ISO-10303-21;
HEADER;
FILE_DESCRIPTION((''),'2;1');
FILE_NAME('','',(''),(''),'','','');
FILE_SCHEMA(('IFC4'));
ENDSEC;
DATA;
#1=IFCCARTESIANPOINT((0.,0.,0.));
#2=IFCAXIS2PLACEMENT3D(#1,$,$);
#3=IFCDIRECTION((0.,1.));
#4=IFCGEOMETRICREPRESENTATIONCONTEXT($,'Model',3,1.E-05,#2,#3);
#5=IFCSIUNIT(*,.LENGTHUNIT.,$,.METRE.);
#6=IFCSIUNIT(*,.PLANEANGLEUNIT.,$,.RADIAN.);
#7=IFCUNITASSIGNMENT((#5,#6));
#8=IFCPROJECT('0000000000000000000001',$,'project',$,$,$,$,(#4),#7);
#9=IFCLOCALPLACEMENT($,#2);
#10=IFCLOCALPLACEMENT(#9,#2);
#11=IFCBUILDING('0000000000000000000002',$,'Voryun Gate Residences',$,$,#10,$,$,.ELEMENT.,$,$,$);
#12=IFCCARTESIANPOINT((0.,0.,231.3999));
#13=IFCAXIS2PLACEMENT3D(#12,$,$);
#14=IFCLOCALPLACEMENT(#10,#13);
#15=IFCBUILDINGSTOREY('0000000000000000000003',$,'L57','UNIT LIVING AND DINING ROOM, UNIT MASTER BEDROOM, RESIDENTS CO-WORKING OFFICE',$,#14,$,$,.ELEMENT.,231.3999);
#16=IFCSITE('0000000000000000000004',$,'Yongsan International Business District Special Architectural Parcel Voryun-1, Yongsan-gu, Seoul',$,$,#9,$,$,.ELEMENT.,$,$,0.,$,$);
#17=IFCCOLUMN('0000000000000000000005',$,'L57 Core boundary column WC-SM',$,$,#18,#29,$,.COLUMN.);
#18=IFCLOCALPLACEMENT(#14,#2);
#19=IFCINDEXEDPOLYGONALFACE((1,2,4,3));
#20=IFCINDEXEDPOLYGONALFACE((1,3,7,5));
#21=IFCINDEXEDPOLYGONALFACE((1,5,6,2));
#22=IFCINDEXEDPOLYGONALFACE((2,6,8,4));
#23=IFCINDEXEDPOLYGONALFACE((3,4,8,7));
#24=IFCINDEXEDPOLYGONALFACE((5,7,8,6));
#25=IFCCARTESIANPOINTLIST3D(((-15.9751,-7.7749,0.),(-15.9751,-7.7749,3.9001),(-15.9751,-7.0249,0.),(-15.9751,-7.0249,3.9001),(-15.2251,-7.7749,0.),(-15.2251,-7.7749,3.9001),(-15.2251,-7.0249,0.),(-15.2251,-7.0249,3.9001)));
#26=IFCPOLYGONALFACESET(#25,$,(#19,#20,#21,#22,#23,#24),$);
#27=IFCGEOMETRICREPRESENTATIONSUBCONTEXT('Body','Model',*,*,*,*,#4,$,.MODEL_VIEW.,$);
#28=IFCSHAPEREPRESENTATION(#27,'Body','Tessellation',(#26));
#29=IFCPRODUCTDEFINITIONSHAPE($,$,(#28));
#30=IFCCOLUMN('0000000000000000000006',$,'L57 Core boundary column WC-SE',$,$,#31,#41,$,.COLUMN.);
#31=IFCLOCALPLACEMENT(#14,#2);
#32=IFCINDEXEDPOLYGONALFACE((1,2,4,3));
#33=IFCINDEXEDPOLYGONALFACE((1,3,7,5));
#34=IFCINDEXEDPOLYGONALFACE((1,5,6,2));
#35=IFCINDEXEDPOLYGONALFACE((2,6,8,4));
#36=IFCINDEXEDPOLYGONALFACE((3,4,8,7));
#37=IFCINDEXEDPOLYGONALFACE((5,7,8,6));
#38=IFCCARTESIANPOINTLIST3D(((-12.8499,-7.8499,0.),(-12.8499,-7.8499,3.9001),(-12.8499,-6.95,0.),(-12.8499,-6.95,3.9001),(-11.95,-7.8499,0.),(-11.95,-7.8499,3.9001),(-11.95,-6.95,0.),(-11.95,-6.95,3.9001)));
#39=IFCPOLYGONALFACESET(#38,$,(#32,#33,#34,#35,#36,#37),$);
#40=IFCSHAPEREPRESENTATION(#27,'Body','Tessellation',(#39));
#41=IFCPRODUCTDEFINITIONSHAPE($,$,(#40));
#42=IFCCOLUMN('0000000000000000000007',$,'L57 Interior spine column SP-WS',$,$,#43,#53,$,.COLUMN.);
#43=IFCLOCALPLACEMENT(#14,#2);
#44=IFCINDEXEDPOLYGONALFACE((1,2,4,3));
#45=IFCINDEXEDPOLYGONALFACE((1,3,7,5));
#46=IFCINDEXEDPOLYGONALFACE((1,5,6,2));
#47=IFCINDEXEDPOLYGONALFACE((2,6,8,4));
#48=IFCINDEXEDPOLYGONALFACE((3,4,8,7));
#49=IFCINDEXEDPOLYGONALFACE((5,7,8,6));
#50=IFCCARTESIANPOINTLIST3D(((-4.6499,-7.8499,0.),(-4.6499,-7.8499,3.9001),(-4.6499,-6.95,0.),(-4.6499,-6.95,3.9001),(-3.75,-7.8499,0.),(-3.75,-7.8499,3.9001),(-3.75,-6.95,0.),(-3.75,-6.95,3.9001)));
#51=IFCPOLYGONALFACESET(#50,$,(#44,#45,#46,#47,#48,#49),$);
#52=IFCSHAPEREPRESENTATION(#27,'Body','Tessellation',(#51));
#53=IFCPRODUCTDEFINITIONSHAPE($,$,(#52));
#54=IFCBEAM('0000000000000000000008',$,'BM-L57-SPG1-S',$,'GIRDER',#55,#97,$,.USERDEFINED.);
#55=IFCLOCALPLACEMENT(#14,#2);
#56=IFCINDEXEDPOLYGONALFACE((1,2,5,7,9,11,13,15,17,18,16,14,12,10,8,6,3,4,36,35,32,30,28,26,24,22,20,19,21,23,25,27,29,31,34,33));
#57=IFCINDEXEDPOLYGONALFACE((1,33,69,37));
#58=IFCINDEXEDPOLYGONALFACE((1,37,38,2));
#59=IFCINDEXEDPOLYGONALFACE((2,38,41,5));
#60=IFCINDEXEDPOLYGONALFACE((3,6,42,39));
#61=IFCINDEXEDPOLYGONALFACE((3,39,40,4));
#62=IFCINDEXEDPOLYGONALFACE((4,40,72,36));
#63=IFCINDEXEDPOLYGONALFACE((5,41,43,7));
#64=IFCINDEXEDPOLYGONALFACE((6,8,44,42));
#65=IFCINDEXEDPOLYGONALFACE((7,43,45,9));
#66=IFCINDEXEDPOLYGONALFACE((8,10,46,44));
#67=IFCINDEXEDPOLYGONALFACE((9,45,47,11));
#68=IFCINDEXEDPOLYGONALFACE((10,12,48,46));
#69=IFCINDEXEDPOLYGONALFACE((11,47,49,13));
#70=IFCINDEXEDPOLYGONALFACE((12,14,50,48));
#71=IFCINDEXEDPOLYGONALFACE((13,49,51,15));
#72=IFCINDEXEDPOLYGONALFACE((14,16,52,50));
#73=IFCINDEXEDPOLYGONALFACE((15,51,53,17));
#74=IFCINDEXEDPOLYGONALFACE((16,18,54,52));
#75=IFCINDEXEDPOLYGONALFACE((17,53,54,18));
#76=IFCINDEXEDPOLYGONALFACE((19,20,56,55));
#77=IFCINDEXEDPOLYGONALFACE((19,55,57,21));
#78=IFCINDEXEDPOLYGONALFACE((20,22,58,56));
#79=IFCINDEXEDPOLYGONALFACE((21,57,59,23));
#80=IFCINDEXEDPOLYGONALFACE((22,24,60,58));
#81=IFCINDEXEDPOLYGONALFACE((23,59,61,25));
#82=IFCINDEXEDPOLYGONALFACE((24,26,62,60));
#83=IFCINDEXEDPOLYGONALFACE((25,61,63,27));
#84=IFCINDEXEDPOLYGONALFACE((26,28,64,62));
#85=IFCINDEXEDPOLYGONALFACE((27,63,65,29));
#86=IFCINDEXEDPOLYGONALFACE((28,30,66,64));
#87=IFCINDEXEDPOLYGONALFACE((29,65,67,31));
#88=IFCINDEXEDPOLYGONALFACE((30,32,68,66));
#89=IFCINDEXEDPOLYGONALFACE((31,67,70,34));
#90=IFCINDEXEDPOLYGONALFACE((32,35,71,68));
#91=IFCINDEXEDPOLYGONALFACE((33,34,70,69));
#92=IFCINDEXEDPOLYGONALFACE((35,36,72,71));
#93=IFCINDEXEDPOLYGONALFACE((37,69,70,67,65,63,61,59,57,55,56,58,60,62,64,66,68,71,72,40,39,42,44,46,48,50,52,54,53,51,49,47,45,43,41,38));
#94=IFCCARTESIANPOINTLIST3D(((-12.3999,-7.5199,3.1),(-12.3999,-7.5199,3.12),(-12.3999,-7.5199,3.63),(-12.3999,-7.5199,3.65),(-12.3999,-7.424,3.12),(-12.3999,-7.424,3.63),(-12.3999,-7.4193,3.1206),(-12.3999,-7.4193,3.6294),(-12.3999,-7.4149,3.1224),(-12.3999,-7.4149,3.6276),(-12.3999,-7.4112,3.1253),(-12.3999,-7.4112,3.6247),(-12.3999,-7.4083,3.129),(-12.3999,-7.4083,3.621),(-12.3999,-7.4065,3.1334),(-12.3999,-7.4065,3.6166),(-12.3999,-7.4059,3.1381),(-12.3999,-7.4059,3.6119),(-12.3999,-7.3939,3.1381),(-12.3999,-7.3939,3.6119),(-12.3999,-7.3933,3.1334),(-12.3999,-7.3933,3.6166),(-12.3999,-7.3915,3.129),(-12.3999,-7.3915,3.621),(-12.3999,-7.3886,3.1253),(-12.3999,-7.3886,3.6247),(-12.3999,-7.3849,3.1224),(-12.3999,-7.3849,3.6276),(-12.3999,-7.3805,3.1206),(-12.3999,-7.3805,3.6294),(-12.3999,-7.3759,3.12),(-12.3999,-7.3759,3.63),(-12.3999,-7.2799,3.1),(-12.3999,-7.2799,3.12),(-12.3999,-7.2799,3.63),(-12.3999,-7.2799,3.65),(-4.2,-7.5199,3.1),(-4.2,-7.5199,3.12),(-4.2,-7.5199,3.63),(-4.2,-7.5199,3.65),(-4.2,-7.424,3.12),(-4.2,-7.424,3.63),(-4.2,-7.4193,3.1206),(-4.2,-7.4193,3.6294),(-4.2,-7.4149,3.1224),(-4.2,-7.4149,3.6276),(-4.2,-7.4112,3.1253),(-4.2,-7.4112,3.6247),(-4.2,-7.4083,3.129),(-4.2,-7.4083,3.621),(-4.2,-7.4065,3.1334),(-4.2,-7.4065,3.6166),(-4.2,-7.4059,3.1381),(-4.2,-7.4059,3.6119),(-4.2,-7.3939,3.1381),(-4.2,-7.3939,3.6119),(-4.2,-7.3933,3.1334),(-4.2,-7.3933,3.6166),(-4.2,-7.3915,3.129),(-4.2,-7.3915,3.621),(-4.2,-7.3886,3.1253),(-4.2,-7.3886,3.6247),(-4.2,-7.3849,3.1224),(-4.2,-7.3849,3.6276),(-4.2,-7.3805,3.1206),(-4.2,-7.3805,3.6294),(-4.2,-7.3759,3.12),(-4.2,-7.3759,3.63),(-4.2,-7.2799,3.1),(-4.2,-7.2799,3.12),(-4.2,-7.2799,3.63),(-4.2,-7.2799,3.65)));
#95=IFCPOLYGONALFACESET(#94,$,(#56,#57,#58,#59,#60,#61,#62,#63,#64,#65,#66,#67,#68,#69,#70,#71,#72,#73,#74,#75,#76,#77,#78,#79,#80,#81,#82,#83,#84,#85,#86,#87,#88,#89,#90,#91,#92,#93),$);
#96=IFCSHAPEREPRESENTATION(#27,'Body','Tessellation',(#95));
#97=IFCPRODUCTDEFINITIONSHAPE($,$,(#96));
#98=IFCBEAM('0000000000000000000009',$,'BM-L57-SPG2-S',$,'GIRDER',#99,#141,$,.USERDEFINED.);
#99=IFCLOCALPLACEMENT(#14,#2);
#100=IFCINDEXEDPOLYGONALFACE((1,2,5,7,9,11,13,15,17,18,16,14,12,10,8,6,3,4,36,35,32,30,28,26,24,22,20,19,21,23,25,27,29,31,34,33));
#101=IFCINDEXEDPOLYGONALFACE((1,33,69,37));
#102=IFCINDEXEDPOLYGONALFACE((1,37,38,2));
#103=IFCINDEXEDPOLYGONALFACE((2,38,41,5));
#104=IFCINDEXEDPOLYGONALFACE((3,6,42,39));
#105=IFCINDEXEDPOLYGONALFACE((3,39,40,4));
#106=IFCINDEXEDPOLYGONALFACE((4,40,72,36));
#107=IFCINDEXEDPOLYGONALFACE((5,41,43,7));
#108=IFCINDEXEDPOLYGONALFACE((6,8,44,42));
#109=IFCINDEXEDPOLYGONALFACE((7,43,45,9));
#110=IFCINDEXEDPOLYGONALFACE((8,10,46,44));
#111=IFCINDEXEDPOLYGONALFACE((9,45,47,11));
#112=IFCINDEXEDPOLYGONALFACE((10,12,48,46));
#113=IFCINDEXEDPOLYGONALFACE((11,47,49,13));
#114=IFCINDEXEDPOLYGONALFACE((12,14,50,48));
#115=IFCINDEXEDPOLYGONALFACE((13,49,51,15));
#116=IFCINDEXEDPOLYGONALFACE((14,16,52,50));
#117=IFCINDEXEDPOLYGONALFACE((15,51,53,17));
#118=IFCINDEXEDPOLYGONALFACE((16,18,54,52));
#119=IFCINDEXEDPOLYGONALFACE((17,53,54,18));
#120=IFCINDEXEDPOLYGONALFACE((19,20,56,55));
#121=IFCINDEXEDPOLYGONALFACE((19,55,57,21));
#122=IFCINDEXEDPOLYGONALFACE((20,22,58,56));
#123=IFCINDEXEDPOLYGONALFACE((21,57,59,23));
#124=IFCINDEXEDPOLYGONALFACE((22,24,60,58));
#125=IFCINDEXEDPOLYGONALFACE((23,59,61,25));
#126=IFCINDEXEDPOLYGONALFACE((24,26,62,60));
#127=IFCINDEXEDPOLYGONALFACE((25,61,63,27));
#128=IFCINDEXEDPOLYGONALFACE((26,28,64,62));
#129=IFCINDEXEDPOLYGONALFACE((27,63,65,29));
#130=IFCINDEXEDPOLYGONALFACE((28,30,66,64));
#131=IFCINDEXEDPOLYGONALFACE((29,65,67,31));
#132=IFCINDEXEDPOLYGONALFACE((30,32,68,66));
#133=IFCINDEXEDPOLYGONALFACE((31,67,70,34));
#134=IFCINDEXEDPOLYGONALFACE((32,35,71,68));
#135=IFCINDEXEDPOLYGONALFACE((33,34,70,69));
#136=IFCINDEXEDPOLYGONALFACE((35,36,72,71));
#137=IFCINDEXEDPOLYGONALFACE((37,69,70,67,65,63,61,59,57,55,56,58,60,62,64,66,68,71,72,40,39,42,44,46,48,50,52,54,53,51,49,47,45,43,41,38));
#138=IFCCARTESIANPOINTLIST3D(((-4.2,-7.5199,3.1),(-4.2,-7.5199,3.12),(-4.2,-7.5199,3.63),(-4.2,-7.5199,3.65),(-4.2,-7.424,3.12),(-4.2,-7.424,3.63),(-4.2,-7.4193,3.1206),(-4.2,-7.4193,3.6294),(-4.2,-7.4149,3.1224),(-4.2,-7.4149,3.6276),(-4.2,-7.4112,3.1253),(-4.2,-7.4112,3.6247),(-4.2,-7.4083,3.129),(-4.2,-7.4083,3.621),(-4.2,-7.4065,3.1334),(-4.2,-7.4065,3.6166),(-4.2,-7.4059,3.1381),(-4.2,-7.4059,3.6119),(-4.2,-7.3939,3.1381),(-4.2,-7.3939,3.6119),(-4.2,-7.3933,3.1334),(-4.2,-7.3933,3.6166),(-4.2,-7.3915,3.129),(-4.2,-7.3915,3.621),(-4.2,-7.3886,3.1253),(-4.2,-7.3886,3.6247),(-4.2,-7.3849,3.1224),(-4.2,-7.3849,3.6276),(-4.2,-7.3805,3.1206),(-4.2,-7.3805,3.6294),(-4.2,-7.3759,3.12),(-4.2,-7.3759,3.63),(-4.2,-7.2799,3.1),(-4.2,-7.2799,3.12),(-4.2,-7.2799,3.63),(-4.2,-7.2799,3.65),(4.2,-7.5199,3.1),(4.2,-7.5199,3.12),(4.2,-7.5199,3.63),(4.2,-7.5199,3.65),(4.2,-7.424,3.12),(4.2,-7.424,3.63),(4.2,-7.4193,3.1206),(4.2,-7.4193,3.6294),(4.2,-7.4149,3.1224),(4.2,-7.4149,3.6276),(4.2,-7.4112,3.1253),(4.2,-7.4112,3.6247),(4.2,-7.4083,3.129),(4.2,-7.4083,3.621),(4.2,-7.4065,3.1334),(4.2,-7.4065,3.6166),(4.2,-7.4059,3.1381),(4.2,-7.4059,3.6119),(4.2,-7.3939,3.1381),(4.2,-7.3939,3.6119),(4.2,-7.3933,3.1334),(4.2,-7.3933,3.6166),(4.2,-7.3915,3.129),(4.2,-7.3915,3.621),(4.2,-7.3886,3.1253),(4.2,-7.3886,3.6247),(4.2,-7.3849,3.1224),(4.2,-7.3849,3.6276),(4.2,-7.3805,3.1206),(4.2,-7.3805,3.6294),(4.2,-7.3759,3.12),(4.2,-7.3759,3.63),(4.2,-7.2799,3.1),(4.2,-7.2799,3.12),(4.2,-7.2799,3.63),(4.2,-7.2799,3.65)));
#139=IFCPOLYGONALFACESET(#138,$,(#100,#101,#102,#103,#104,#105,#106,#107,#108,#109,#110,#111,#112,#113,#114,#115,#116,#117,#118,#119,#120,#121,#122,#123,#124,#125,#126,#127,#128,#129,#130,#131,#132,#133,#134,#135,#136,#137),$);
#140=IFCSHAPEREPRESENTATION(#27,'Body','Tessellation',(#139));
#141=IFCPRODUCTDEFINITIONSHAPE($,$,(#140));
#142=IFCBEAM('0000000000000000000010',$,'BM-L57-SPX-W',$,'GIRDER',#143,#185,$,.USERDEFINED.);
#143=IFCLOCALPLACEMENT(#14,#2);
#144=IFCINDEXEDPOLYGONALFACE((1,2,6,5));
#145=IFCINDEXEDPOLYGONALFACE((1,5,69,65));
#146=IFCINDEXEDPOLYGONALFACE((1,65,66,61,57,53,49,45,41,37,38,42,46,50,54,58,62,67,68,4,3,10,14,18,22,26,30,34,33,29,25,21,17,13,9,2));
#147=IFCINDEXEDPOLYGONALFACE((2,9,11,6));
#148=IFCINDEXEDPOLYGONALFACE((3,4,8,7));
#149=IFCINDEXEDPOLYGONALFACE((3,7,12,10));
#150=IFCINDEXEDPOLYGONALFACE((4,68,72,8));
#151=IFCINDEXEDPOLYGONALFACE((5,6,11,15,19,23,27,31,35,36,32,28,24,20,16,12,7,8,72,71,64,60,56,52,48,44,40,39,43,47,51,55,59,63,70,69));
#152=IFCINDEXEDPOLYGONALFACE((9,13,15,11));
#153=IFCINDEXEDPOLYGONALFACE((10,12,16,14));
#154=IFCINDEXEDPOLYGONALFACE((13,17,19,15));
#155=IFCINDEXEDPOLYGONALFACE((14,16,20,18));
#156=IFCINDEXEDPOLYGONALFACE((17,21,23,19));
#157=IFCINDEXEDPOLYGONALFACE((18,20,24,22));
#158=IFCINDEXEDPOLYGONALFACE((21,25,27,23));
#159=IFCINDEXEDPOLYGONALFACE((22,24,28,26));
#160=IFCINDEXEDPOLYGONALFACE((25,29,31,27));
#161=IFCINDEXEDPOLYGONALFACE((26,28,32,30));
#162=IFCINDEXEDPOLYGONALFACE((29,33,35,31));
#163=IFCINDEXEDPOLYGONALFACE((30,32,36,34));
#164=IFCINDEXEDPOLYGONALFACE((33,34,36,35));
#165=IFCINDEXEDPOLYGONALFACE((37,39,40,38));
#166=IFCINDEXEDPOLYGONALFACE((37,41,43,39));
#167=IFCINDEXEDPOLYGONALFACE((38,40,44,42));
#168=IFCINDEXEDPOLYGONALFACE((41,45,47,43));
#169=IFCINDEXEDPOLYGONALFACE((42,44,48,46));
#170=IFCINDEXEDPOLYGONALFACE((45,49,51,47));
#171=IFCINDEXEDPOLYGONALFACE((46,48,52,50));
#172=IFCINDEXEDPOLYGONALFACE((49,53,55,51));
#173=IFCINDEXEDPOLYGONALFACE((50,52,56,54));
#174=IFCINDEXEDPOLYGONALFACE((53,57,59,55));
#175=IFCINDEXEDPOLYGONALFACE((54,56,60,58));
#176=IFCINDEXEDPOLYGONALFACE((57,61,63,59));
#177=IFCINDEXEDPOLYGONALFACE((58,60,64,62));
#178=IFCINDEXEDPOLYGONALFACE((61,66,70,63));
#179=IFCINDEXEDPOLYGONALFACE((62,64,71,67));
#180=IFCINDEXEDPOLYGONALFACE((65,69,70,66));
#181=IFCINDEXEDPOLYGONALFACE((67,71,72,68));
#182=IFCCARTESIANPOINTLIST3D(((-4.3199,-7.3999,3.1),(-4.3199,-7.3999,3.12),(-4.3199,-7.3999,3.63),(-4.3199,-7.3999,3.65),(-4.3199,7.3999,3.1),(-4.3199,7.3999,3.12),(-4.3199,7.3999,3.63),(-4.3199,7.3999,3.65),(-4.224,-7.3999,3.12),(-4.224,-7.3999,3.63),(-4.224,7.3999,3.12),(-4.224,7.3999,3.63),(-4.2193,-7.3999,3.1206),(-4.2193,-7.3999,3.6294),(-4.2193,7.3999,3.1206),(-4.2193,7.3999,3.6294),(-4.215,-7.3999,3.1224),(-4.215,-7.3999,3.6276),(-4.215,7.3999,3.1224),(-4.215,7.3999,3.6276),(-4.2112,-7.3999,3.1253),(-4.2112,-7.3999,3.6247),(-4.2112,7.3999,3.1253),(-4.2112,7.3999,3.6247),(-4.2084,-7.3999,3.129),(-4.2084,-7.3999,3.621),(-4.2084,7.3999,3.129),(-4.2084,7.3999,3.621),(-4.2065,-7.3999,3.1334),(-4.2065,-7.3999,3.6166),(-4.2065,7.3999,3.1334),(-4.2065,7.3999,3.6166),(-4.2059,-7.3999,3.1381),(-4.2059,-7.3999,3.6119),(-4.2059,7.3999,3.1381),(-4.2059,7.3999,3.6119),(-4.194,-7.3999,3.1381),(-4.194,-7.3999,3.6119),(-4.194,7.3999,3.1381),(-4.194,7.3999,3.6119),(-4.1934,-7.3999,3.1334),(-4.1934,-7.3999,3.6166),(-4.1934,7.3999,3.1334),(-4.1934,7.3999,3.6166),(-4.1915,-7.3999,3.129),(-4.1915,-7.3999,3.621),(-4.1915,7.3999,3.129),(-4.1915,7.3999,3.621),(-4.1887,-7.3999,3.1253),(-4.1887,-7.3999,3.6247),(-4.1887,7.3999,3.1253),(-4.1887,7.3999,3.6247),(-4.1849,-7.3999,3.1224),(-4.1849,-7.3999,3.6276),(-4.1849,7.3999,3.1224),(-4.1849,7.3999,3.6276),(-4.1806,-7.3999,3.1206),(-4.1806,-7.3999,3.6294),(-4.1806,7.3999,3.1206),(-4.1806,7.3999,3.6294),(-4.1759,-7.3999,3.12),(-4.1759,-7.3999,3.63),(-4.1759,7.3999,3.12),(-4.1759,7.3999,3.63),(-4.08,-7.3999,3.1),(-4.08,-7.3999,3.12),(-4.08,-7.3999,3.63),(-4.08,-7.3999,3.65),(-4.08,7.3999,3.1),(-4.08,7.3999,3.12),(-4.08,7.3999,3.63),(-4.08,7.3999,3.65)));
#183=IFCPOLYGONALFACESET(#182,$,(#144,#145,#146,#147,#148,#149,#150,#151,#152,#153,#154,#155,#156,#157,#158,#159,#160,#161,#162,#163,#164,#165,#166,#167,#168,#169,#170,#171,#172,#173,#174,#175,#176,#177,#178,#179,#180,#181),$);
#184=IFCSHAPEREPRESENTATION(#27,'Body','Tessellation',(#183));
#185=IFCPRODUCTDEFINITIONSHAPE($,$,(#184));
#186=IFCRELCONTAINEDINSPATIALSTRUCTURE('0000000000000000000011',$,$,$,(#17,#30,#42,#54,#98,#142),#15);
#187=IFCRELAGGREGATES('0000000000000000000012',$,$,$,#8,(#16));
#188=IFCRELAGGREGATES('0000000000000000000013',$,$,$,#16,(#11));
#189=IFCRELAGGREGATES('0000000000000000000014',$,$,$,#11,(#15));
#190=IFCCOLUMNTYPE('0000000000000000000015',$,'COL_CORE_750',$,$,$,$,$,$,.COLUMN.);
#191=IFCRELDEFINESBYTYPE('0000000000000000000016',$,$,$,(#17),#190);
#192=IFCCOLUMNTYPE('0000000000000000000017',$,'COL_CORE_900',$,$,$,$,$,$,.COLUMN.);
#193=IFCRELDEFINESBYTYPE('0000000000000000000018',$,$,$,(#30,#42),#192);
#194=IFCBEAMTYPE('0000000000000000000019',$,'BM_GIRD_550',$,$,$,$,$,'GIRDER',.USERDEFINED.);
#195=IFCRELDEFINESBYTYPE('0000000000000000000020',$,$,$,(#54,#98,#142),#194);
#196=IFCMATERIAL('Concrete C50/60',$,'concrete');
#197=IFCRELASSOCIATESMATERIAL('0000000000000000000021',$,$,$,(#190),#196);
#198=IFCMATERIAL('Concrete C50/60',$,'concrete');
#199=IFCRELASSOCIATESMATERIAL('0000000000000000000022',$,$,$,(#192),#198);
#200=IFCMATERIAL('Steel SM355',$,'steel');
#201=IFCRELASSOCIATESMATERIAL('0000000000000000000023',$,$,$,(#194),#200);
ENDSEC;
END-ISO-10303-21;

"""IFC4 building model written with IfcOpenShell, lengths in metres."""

from ifc_helpers import new_model, si_unit, direction, frame, origin, origin_2d, place, context, subcontext, project, spatial, rectangle, i_section, extrude, material, material_profile, profile_set, type_object, element, save


model = new_model("IFC4")

# Units and contexts
model_context = context("Model", 3, precision=1e-05, world=origin(), true_north=direction((0.0, 1.0)))
body_context = subcontext(model_context, "Body", "Model", "MODEL_VIEW")
ifc_project = project(units=[si_unit("LENGTHUNIT", "METRE"), si_unit("PLANEANGLEUNIT", "RADIAN")], contexts=[model_context])

# Site, building, storey
site_placement = place(None, origin())
site = spatial("IfcSite", under=ifc_project, at=site_placement, Name="Yongsan International Business District Special Architectural Parcel Voryun-1, Yongsan-gu, Seoul", CompositionType="ELEMENT", RefElevation=0.0)
building_placement = place(site_placement, origin())
building = spatial("IfcBuilding", under=site, at=building_placement, Name="Voryun Gate Residences", CompositionType="ELEMENT")
storey_placement = place(building_placement, frame((0.0, 0.0, 231.3999)))
storey = spatial("IfcBuildingStorey", under=building, at=storey_placement, Name="L57", Description="UNIT LIVING AND DINING ROOM, UNIT MASTER BEDROOM, RESIDENTS CO-WORKING OFFICE", CompositionType="ELEMENT", Elevation=231.3999)

# Columns
ifc_material_1 = material(Name="Concrete C50/60", Category="concrete")
ifc_material_profile_1 = material_profile(ifc_material_1, rectangle(XDim=0.75, YDim=0.75, at=origin_2d()), Name="RC-750x750")
ifc_profile_set_1 = profile_set([ifc_material_profile_1], Name="Concrete C50/60")
column_type_1 = type_object("IfcColumnType", Name="COL_CORE_750", PredefinedType="COLUMN", material=ifc_profile_set_1)
column_placement = place(storey_placement, frame((-15.6001, -7.3999, 0.0), z_axis=(0.0, 0.0, 1.0), x_axis=(1.0, 0.0, 0.0)))
element("IfcColumn", 1, at=column_placement, inside=storey, type_object=column_type_1, Name="L57 Core boundary column WC-SM", PredefinedType="COLUMN", context=body_context, shape_type="SweptSolid", body=[
    extrude(rectangle(XDim=0.75, YDim=0.75, at=origin_2d()), origin(), (0.0, 0.0, 1.0), 3.9001),
])
ifc_material_2 = material(Name="Concrete C50/60", Category="concrete")
ifc_material_profile_2 = material_profile(ifc_material_2, rectangle(XDim=0.8999, YDim=0.8999, at=origin_2d()), Name="RC-900x900")
ifc_profile_set_2 = profile_set([ifc_material_profile_2], Name="Concrete C50/60")
column_type_2 = type_object("IfcColumnType", Name="COL_CORE_900", PredefinedType="COLUMN", material=ifc_profile_set_2)
for number, where, z_axis, x_axis, name in (
    (2, (-12.3999, -7.3999, 0.0), (0.0, 0.0, 1.0), (1.0, 0.0, 0.0), "L57 Core boundary column WC-SE"),
    (3, (-4.2, -7.3999, 0.0), (0.0, 0.0, 1.0), (1.0, 0.0, 0.0), "L57 Interior spine column SP-WS"),
):
    element("IfcColumn", number, at=place(storey_placement, frame(where, z_axis=z_axis, x_axis=x_axis)), inside=storey, type_object=column_type_2, Name=name, PredefinedType="COLUMN", context=body_context, shape_type="SweptSolid", body=[
        extrude(rectangle(XDim=0.8999, YDim=0.8999, at=origin_2d()), origin(), (0.0, 0.0, 1.0), 3.9001),
    ])

# Beams
ifc_material_3 = material(Name="Steel SM355", Category="steel")
ifc_material_profile_3 = material_profile(ifc_material_3, i_section(OverallWidth=0.24, OverallDepth=0.55, WebThickness=0.012, FlangeThickness=0.02, FilletRadius=0.0181, at=origin_2d()), Name="H-550x240x12x20")
ifc_profile_set_3 = profile_set([ifc_material_profile_3], Name="Steel SM355")
beam_type_1 = type_object("IfcBeamType", Name="BM_GIRD_550", ElementType="GIRDER", PredefinedType="USERDEFINED", material=ifc_profile_set_3)
beam_1_placement = place(storey_placement, frame((-12.3999, -7.3999, 3.375), z_axis=(1.0, 0.0, 0.0), x_axis=(0.0, 1.0, 0.0)))
element("IfcBeam", 4, at=beam_1_placement, inside=storey, type_object=beam_type_1, Name="BM-L57-SPG1-S", ObjectType="GIRDER", PredefinedType="USERDEFINED", context=body_context, shape_type="SweptSolid", body=[
    extrude(i_section(OverallWidth=0.24, OverallDepth=0.55, WebThickness=0.012, FlangeThickness=0.02, FilletRadius=0.0181, at=origin_2d()), origin(), (0.0, 0.0, 1.0), 8.2),
])
beam_2_placement = place(storey_placement, frame((-4.2, -7.3999, 3.375), z_axis=(1.0, 0.0, 0.0), x_axis=(0.0, 1.0, 0.0)))
element("IfcBeam", 5, at=beam_2_placement, inside=storey, type_object=beam_type_1, Name="BM-L57-SPG2-S", ObjectType="GIRDER", PredefinedType="USERDEFINED", context=body_context, shape_type="SweptSolid", body=[
    extrude(i_section(OverallWidth=0.24, OverallDepth=0.55, WebThickness=0.012, FlangeThickness=0.02, FilletRadius=0.0181, at=origin_2d()), origin(), (0.0, 0.0, 1.0), 8.3999),
])
beam_3_placement = place(storey_placement, frame((-4.2, -7.3999, 3.375), z_axis=(0.0, 1.0, 0.0), x_axis=(-1.0, 0.0, 0.0)))
element("IfcBeam", 6, at=beam_3_placement, inside=storey, type_object=beam_type_1, Name="BM-L57-SPX-W", ObjectType="GIRDER", PredefinedType="USERDEFINED", context=body_context, shape_type="SweptSolid", body=[
    extrude(i_section(OverallWidth=0.24, OverallDepth=0.55, WebThickness=0.012, FlangeThickness=0.02, FilletRadius=0.0181, at=origin_2d()), origin(), (0.0, 0.0, 1.0), 14.7998),
])

save(model, "model.ifc")
